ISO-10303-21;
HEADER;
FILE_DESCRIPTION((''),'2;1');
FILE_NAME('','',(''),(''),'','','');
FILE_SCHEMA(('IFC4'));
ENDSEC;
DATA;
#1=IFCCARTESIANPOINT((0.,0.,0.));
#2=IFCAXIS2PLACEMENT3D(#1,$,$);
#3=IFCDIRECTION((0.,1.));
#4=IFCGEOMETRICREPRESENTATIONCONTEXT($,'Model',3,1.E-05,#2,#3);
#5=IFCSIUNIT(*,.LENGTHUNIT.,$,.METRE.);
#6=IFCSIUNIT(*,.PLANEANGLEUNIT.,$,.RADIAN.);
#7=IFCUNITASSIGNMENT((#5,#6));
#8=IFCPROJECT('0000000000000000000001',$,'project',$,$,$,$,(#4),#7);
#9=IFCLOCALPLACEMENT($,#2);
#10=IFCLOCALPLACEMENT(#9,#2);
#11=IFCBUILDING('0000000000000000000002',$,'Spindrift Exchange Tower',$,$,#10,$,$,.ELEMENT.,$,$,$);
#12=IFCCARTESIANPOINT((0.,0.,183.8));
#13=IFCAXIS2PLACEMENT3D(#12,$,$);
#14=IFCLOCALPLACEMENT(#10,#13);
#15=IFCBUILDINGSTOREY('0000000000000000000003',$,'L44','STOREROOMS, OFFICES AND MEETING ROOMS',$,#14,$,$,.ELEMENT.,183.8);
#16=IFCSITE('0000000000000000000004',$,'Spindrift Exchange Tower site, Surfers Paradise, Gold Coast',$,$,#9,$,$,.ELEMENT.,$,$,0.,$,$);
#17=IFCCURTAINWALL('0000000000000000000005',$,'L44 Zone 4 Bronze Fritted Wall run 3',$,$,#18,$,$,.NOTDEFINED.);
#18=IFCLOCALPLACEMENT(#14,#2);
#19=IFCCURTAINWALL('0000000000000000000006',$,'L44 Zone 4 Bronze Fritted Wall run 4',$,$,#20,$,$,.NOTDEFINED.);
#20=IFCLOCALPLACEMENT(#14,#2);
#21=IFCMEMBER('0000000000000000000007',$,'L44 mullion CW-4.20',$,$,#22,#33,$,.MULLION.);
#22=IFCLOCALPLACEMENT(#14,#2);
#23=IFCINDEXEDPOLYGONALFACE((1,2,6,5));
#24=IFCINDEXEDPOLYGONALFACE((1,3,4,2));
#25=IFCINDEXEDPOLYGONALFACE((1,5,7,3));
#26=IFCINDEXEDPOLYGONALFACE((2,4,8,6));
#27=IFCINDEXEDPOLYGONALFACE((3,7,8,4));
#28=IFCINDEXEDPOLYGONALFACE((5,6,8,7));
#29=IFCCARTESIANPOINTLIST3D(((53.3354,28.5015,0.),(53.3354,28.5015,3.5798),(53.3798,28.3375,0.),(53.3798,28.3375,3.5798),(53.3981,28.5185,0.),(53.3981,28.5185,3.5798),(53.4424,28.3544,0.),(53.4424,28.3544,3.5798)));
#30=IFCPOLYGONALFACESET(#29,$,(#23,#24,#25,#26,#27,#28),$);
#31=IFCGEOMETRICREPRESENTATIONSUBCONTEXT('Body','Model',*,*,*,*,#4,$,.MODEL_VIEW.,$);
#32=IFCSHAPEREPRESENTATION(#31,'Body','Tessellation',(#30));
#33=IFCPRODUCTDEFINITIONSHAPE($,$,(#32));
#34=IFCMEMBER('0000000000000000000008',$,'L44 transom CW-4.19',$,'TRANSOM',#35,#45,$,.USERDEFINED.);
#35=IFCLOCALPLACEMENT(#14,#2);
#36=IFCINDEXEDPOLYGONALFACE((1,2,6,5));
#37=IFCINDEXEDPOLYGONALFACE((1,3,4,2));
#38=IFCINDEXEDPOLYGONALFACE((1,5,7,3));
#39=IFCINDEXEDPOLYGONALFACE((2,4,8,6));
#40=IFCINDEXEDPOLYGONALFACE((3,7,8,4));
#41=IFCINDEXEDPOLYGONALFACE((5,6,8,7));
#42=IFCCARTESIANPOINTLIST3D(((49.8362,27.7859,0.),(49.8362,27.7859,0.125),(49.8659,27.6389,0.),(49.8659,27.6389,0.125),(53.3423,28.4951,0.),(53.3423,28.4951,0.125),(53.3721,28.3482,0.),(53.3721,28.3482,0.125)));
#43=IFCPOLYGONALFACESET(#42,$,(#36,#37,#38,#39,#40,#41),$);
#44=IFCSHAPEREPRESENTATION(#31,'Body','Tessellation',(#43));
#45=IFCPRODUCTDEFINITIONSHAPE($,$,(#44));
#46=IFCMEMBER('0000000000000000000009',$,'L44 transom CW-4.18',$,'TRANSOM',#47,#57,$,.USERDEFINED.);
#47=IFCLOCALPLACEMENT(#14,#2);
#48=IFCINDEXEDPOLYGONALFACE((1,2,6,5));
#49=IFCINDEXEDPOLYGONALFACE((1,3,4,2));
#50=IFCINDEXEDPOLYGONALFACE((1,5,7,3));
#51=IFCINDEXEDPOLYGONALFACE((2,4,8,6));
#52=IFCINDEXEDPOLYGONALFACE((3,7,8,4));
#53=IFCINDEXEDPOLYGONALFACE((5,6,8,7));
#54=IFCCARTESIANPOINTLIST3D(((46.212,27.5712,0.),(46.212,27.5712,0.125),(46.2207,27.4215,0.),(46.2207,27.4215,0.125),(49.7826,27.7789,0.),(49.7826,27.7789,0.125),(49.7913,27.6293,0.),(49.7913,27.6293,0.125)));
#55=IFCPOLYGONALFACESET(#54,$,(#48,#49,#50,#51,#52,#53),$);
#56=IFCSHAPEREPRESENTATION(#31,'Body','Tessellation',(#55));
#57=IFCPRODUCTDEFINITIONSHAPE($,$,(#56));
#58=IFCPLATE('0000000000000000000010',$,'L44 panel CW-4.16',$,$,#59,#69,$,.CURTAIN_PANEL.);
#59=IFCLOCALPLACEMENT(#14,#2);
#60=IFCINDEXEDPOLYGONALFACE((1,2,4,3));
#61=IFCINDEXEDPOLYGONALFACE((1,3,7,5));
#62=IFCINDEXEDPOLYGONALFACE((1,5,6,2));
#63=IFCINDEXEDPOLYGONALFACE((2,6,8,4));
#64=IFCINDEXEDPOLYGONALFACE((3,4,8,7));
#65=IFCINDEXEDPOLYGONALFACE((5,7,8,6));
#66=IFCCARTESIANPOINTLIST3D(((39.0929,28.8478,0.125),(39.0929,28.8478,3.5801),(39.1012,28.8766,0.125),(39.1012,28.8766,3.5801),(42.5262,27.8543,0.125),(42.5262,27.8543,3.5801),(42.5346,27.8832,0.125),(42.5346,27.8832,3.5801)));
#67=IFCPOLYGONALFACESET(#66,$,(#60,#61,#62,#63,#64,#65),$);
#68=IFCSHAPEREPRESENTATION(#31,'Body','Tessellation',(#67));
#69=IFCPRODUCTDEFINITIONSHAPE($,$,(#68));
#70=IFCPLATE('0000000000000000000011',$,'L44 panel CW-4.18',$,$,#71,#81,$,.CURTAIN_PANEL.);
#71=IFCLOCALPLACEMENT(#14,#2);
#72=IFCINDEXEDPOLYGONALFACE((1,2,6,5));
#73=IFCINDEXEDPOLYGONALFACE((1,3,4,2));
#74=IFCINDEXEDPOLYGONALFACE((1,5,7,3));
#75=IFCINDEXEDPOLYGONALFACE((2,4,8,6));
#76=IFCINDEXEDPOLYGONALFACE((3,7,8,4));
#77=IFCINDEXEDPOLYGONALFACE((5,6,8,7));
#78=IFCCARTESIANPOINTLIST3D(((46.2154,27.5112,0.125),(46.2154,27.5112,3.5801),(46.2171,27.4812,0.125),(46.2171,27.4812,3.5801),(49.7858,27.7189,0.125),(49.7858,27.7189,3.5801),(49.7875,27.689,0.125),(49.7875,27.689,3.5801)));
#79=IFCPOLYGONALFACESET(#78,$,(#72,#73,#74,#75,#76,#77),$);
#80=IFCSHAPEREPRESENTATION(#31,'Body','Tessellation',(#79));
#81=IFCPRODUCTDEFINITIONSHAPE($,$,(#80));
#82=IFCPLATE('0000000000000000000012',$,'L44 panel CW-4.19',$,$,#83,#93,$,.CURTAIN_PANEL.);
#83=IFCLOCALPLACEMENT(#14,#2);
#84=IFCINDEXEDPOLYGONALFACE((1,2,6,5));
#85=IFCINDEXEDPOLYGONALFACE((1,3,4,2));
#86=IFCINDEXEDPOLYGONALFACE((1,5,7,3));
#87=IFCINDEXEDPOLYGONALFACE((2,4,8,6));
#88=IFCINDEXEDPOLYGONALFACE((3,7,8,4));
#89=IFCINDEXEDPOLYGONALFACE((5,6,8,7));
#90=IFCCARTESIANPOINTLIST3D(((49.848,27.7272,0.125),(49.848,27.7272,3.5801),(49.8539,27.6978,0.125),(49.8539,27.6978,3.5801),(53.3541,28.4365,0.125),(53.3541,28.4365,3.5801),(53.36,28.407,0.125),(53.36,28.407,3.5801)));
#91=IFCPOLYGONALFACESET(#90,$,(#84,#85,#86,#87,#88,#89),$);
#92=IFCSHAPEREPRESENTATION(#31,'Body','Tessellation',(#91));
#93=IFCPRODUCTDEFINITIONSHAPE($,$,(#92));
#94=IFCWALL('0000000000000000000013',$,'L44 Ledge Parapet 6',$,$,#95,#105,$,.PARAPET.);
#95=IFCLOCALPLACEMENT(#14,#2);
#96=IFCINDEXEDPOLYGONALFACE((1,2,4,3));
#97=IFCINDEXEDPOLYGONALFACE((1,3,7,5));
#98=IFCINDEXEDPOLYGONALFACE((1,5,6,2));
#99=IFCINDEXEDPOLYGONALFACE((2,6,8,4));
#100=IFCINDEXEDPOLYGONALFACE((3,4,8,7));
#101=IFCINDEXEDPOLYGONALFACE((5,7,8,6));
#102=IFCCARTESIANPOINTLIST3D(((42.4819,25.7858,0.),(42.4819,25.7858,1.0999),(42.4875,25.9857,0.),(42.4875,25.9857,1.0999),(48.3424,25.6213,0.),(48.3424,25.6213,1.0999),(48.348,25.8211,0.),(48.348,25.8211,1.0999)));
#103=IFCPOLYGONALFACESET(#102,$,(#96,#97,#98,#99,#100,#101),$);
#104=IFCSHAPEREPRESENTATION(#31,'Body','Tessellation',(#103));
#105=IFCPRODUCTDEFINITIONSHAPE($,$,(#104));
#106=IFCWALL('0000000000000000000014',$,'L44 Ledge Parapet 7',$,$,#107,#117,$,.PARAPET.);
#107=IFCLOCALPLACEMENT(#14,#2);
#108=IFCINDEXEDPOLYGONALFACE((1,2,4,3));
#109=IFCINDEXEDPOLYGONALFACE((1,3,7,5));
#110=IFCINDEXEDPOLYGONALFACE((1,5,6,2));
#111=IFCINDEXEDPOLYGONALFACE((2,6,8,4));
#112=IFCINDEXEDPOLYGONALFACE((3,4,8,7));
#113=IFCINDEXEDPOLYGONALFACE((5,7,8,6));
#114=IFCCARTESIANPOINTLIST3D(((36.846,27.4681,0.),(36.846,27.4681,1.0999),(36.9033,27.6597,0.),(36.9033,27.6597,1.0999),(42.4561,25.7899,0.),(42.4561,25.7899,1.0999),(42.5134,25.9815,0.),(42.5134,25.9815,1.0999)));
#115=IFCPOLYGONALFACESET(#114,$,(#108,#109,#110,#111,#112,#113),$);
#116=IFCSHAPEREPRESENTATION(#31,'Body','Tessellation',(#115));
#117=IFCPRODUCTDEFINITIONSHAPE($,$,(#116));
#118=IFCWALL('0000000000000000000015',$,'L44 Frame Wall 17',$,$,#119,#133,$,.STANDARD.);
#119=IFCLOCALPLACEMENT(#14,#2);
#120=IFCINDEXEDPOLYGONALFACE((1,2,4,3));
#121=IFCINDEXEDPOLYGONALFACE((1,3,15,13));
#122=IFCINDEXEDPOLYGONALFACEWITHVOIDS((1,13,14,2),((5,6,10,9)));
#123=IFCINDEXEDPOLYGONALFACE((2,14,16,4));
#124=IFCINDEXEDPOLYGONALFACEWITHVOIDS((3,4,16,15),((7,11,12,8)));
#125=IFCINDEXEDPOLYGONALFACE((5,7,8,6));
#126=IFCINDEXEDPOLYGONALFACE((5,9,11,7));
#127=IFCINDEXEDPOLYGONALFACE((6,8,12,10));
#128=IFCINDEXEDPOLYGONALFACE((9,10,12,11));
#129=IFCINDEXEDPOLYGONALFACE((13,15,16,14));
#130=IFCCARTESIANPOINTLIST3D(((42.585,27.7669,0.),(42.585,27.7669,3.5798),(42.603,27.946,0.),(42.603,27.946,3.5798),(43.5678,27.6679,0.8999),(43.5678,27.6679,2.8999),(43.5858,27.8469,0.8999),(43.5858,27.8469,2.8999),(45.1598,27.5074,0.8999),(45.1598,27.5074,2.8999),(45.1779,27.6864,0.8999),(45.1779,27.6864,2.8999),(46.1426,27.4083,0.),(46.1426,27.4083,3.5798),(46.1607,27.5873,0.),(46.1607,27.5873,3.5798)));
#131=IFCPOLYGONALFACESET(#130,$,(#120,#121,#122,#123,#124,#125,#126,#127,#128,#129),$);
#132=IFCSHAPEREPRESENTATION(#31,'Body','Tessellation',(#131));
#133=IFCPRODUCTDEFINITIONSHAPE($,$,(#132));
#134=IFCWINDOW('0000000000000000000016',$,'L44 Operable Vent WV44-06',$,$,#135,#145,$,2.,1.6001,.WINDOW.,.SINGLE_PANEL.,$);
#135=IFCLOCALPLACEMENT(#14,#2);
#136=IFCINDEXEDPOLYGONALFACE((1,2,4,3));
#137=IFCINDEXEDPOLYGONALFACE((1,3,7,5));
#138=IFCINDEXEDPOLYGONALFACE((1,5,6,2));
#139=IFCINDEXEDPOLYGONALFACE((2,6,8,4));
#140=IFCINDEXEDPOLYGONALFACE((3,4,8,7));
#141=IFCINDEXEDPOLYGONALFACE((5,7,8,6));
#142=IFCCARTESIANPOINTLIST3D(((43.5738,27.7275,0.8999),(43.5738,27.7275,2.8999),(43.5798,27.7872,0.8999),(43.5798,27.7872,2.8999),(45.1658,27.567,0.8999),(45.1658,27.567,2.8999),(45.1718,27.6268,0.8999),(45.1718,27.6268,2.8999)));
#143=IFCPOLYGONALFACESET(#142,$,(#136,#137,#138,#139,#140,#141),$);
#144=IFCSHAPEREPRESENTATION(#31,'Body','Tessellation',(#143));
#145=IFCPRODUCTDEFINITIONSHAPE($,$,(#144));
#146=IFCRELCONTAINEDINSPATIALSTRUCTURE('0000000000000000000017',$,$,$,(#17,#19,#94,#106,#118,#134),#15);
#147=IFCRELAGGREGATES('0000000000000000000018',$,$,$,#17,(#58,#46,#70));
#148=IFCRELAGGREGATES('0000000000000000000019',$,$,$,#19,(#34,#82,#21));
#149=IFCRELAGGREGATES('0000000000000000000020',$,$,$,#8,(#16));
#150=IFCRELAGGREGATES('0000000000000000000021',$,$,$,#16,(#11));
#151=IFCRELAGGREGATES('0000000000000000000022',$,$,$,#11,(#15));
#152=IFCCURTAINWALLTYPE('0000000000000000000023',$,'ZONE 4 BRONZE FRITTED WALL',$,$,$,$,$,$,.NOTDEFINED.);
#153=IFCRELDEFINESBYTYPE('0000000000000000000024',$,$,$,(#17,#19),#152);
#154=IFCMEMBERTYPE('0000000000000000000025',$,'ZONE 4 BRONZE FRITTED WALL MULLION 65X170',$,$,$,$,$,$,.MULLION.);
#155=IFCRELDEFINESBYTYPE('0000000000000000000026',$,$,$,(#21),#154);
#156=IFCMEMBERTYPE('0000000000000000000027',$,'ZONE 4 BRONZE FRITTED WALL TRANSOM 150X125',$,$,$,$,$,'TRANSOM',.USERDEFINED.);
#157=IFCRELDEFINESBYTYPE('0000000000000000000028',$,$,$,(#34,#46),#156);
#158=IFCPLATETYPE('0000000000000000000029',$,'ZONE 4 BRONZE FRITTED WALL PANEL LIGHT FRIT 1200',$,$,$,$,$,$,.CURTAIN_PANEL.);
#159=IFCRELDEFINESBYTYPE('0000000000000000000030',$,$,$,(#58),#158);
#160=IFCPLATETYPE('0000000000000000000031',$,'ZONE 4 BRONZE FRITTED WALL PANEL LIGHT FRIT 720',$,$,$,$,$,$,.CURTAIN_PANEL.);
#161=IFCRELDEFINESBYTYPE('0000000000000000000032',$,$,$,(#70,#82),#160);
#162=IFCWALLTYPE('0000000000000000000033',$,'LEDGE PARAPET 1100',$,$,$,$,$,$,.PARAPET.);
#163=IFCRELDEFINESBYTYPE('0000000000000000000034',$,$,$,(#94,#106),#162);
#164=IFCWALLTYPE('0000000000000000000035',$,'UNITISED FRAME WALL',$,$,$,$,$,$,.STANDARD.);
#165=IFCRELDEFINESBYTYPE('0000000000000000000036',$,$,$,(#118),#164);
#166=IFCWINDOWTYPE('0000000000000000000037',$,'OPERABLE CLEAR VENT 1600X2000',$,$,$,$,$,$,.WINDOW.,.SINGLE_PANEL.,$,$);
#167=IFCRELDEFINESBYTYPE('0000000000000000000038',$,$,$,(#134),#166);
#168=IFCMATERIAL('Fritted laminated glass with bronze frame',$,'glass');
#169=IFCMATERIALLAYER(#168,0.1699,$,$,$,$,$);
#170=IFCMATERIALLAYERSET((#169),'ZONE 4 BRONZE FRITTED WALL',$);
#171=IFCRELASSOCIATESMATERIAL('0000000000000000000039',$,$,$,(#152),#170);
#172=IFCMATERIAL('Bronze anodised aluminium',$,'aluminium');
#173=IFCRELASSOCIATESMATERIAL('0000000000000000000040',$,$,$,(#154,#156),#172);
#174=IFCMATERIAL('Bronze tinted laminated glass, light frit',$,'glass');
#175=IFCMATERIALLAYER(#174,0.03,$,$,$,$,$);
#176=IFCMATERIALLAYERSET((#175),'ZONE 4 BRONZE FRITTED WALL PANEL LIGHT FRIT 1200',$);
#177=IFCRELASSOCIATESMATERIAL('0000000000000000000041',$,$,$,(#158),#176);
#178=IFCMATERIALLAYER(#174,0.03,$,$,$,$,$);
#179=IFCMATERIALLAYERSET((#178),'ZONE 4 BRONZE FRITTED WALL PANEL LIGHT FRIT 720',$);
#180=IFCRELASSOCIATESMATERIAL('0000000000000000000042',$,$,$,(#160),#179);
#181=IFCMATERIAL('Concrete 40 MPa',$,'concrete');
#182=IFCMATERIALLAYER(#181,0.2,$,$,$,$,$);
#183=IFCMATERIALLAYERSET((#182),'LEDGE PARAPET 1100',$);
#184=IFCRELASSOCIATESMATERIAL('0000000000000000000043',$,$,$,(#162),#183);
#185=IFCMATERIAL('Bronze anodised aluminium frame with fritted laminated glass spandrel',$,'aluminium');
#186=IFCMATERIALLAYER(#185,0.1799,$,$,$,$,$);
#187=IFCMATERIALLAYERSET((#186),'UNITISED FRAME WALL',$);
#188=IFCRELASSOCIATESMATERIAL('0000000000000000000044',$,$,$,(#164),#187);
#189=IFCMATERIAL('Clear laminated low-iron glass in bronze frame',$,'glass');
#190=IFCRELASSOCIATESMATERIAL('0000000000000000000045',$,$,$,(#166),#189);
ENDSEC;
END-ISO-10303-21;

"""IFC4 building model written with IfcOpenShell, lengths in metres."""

from ifc_helpers import new_model, si_unit, direction, frame, frame_2d, origin, origin_2d, place, context, subcontext, project, spatial, rectangle, extrude, source, transform, mapped, material, layer, layer_set, material_profile, profile_set, type_object, element, fill, aggregate, save


model = new_model("IFC4")

# Units and contexts
model_context = context("Model", 3, precision=1e-05, world=origin(), true_north=direction((0.0, 1.0)))
body_context = subcontext(model_context, "Body", "Model", "MODEL_VIEW")
ifc_project = project(units=[si_unit("LENGTHUNIT", "METRE"), si_unit("PLANEANGLEUNIT", "RADIAN")], contexts=[model_context])

# Site, building, storey
site_placement = place(None, origin())
site = spatial("IfcSite", under=ifc_project, at=site_placement, Name="Spindrift Exchange Tower site, Surfers Paradise, Gold Coast", CompositionType="ELEMENT", RefElevation=0.0)
building_placement = place(site_placement, origin())
building = spatial("IfcBuilding", under=site, at=building_placement, Name="Spindrift Exchange Tower", CompositionType="ELEMENT")
storey_placement = place(building_placement, frame((0.0, 0.0, 183.8)))
storey = spatial("IfcBuildingStorey", under=building, at=storey_placement, Name="L44", Description="STOREROOMS, OFFICES AND MEETING ROOMS", CompositionType="ELEMENT", Elevation=183.8)

# Curtain walls, members
ifc_material_1 = material(Name="Fritted laminated glass with bronze frame", Category="glass")
ifc_layer_1 = layer(ifc_material_1, 0.1699)
ifc_layer_set_1 = layer_set([ifc_layer_1], Name="ZONE 4 BRONZE FRITTED WALL")
curtain_wall_type = type_object("IfcCurtainWallType", Name="ZONE 4 BRONZE FRITTED WALL", PredefinedType="NOTDEFINED", material=ifc_layer_set_1)
curtain_wall_1_placement = place(storey_placement, origin())
curtain_wall_1 = element("IfcCurtainWall", 1, at=curtain_wall_1_placement, inside=storey, type_object=curtain_wall_type, Name="L44 Zone 4 Bronze Fritted Wall run 3", PredefinedType="NOTDEFINED")
ifc_material_2 = material(Name="Bronze anodised aluminium", Category="aluminium")
ifc_material_profile_1 = material_profile(ifc_material_2, rectangle(XDim=0.0649, YDim=0.1699, at=origin_2d()), Name="ZONE 4 BRONZE FRITTED WALL MULLION 65X170")
ifc_profile_set_1 = profile_set([ifc_material_profile_1], Name="Bronze anodised aluminium")
member_type_1 = type_object("IfcMemberType", Name="ZONE 4 BRONZE FRITTED WALL MULLION 65X170", PredefinedType="MULLION", material=ifc_profile_set_1)
shared_shape_1 = source(origin(), body_context, "Body", "SweptSolid", [
    extrude(rectangle(XDim=0.0649, YDim=0.1699, at=origin_2d()), origin(), (0.0, 0.0, 1.0), 3.5798),
])
curtain_wall_2_placement = place(storey_placement, origin())
curtain_wall_2 = element("IfcCurtainWall", 2, at=curtain_wall_2_placement, inside=storey, type_object=curtain_wall_type, Name="L44 Zone 4 Bronze Fritted Wall run 4", PredefinedType="NOTDEFINED")
member_1_placement = place(storey_placement, frame((53.3889, 28.428, 0.0), z_axis=(0.0, 0.0, 1.0), x_axis=(0.965295, 0.26116, 0.0)))
member_1 = element("IfcMember", 3, at=member_1_placement, type_object=member_type_1, Name="L44 mullion CW-4.20", PredefinedType="MULLION", context=body_context, shape_type="MappedRepresentation", body=[
    mapped(shared_shape_1, transform((0.0, 0.0, 0.0), scale=1.0)),
])
ifc_material_profile_2 = material_profile(ifc_material_2, rectangle(XDim=0.1499, YDim=0.125, at=origin_2d()), Name="ZONE 4 BRONZE FRITTED WALL TRANSOM 150X125")
ifc_profile_set_2 = profile_set([ifc_material_profile_2], Name="Bronze anodised aluminium")
member_type_2 = type_object("IfcMemberType", Name="ZONE 4 BRONZE FRITTED WALL TRANSOM 150X125", ElementType="TRANSOM", PredefinedType="USERDEFINED", material=ifc_profile_set_2)
shared_shape_2 = source(origin(), body_context, "Body", "SweptSolid", [
    extrude(rectangle(XDim=0.1499, YDim=0.125, at=origin_2d()), origin(), (0.0, 0.0, 1.0), 3.5771),
])
member_2_placement = place(storey_placement, frame((49.8511, 27.7124, 0.0625), z_axis=(0.980148, 0.198268, 0.0), x_axis=(-0.198268, 0.980148, 0.0)))
member_2 = element("IfcMember", 4, at=member_2_placement, type_object=member_type_2, Name="L44 transom CW-4.19", ObjectType="TRANSOM", PredefinedType="USERDEFINED", context=body_context, shape_type="MappedRepresentation", body=[
    mapped(shared_shape_2, transform((0.0, 0.0, 0.0), scale=1.0)),
])

# Member
shared_shape_3 = source(origin(), body_context, "Body", "SweptSolid", [
    extrude(rectangle(XDim=0.1499, YDim=0.125, at=origin_2d()), origin(), (0.0, 0.0, 1.0), 3.5767),
])
member_3_placement = place(storey_placement, frame((46.2163, 27.4963, 0.0625), z_axis=(0.998311, 0.05809, 0.0), x_axis=(-0.05809, 0.998311, 0.0)))
member_3 = element("IfcMember", 5, at=member_3_placement, type_object=member_type_2, Name="L44 transom CW-4.18", ObjectType="TRANSOM", PredefinedType="USERDEFINED", context=body_context, shape_type="MappedRepresentation", body=[
    mapped(shared_shape_3, transform((0.0, 0.0, 0.0), scale=1.0)),
])

# Plates
ifc_material_3 = material(Name="Bronze tinted laminated glass, light frit", Category="glass")
ifc_layer_2 = layer(ifc_material_3, 0.03)
ifc_layer_set_2 = layer_set([ifc_layer_2], Name="ZONE 4 BRONZE FRITTED WALL PANEL LIGHT FRIT 1200")
plate_type_1 = type_object("IfcPlateType", Name="ZONE 4 BRONZE FRITTED WALL PANEL LIGHT FRIT 1200", PredefinedType="CURTAIN_PANEL", material=ifc_layer_set_2)
shared_shape_4 = source(origin(), body_context, "Body", "SweptSolid", [
    extrude(rectangle(XDim=3.5742, YDim=0.03, at=origin_2d()), origin(), (0.0, 0.0, 1.0), 3.4551),
])
plate_1_placement = place(storey_placement, frame((40.8137, 28.3655, 0.125), z_axis=(0.0, 0.0, 1.0), x_axis=(0.960595, -0.277953, 0.0)))
plate_1 = element("IfcPlate", 6, at=plate_1_placement, type_object=plate_type_1, Name="L44 panel CW-4.16", PredefinedType="CURTAIN_PANEL", context=body_context, shape_type="MappedRepresentation", body=[
    mapped(shared_shape_4, transform((0.0, 0.0, 0.0), scale=1.0)),
])
ifc_layer_3 = layer(ifc_material_3, 0.03)
ifc_layer_set_3 = layer_set([ifc_layer_3], Name="ZONE 4 BRONZE FRITTED WALL PANEL LIGHT FRIT 720")
plate_type_2 = type_object("IfcPlateType", Name="ZONE 4 BRONZE FRITTED WALL PANEL LIGHT FRIT 720", PredefinedType="CURTAIN_PANEL", material=ifc_layer_set_3)
shared_shape_5 = source(origin(), body_context, "Body", "SweptSolid", [
    extrude(rectangle(XDim=3.5764, YDim=0.03, at=origin_2d()), origin(), (0.0, 0.0, 1.0), 3.4551),
])
plate_2_placement = place(storey_placement, frame((48.0015, 27.6001, 0.125), z_axis=(0.0, 0.0, 1.0), x_axis=(0.998312, 0.05808, 0.0)))
plate_2 = element("IfcPlate", 7, at=plate_2_placement, type_object=plate_type_2, Name="L44 panel CW-4.18", PredefinedType="CURTAIN_PANEL", context=body_context, shape_type="MappedRepresentation", body=[
    mapped(shared_shape_5, transform((0.0, 0.0, 0.0), scale=1.0)),
])
aggregate(curtain_wall_1, [plate_1, member_3, plate_2])
shared_shape_6 = source(origin(), body_context, "Body", "SweptSolid", [
    extrude(rectangle(XDim=3.5771, YDim=0.03, at=origin_2d()), origin(), (0.0, 0.0, 1.0), 3.4551),
])
plate_3_placement = place(storey_placement, frame((51.604, 28.0671, 0.125), z_axis=(0.0, 0.0, 1.0), x_axis=(0.980149, 0.198265, 0.0)))
plate_3 = element("IfcPlate", 8, at=plate_3_placement, type_object=plate_type_2, Name="L44 panel CW-4.19", PredefinedType="CURTAIN_PANEL", context=body_context, shape_type="MappedRepresentation", body=[
    mapped(shared_shape_6, transform((0.0, 0.0, 0.0), scale=1.0)),
])
aggregate(curtain_wall_2, [member_2, plate_3, member_1])

# Walls
ifc_material_4 = material(Name="Concrete 40 MPa", Category="concrete")
ifc_layer_4 = layer(ifc_material_4, 0.2)
ifc_layer_set_4 = layer_set([ifc_layer_4], Name="LEDGE PARAPET 1100")
wall_type_1 = type_object("IfcWallType", Name="LEDGE PARAPET 1100", PredefinedType="PARAPET", material=ifc_layer_set_4)
wall_1_placement = place(storey_placement, frame((48.3452, 25.7212, 0.0), z_axis=(0.0, 0.0, 1.0), x_axis=(-0.999606, 0.028066, 0.0)))
element("IfcWall", 9, at=wall_1_placement, inside=storey, type_object=wall_type_1, Name="L44 Ledge Parapet 6", PredefinedType="PARAPET", context=body_context, shape_type="SweptSolid", body=[
    extrude(rectangle(XDim=5.8628, YDim=0.2, at=frame_2d((2.9314, 0.0))), origin(), (0.0, 0.0, 1.0), 1.0999),
])
wall_2_placement = place(storey_placement, frame((42.4846, 25.8857, 0.0), z_axis=(0.0, 0.0, 1.0), x_axis=(-0.958052, 0.286594, 0.0)))
element("IfcWall", 10, at=wall_2_placement, inside=storey, type_object=wall_type_1, Name="L44 Ledge Parapet 7", PredefinedType="PARAPET", context=body_context, shape_type="SweptSolid", body=[
    extrude(rectangle(XDim=5.8557, YDim=0.2, at=frame_2d((2.9277, 0.0))), origin(), (0.0, 0.0, 1.0), 1.0999),
])

# Wall, opening, window
ifc_material_5 = material(Name="Bronze anodised aluminium frame with fritted laminated glass spandrel", Category="aluminium")
ifc_layer_5 = layer(ifc_material_5, 0.1799)
ifc_layer_set_5 = layer_set([ifc_layer_5], Name="UNITISED FRAME WALL")
wall_type_2 = type_object("IfcWallType", Name="UNITISED FRAME WALL", PredefinedType="STANDARD", material=ifc_layer_set_5)
wall_3_placement = place(storey_placement, frame((42.594, 27.8564, 0.0), z_axis=(0.0, 0.0, 1.0), x_axis=(0.994957, -0.100301, 0.0)))
wall_3 = element("IfcWall", 11, at=wall_3_placement, inside=storey, type_object=wall_type_2, Name="L44 Frame Wall 17", PredefinedType="STANDARD", context=body_context, shape_type="SweptSolid", body=[
    extrude(rectangle(XDim=3.5757, YDim=0.1799, at=frame_2d((1.7878, 0.0))), origin(), (0.0, 0.0, 1.0), 3.5798),
])
opening_1_placement = place(wall_3_placement, frame((0.9878, 0.0, 0.8999)))
opening_1 = element("IfcOpeningElement", 12, at=opening_1_placement, cuts=wall_3, PredefinedType="OPENING", context=body_context, shape_type="SweptSolid", body=[
    extrude(rectangle(XDim=1.6001, YDim=2.0, at=frame_2d((0.8, 1.0))), frame((0.0, 0.0999, 0.0), z_axis=(0.0, -1.0, 0.0), x_axis=(1.0, 0.0, 0.0)), (0.0, 0.0, 1.0), 0.2),
])
ifc_material_6 = material(Name="Clear laminated low-iron glass in bronze frame", Category="glass")
window_type = type_object("IfcWindowType", Name="OPERABLE CLEAR VENT 1600X2000", PartitioningType="SINGLE_PANEL", PredefinedType="WINDOW", material=ifc_material_6)
shared_shape_7 = source(origin(), body_context, "Body", "SweptSolid", [
    extrude(rectangle(XDim=1.6001, YDim=2.0, at=frame_2d((0.8, 1.0))), frame((0.0, 0.03, 0.0), z_axis=(0.0, -1.0, 0.0), x_axis=(1.0, 0.0, 0.0)), (0.0, 0.0, 1.0), 0.0601),
])
window_1_placement = place(opening_1_placement, origin())
window_1 = element("IfcWindow", 13, at=window_1_placement, inside=storey, type_object=window_type, Name="L44 Operable Vent WV44-06", OverallHeight=2.0, OverallWidth=1.6001, PartitioningType="SINGLE_PANEL", PredefinedType="WINDOW", context=body_context, shape_type="MappedRepresentation", body=[
    mapped(shared_shape_7, transform((0.0, 0.0, 0.0), scale=1.0)),
])
fill(opening_1, window_1)

save(model, "model.ifc")
